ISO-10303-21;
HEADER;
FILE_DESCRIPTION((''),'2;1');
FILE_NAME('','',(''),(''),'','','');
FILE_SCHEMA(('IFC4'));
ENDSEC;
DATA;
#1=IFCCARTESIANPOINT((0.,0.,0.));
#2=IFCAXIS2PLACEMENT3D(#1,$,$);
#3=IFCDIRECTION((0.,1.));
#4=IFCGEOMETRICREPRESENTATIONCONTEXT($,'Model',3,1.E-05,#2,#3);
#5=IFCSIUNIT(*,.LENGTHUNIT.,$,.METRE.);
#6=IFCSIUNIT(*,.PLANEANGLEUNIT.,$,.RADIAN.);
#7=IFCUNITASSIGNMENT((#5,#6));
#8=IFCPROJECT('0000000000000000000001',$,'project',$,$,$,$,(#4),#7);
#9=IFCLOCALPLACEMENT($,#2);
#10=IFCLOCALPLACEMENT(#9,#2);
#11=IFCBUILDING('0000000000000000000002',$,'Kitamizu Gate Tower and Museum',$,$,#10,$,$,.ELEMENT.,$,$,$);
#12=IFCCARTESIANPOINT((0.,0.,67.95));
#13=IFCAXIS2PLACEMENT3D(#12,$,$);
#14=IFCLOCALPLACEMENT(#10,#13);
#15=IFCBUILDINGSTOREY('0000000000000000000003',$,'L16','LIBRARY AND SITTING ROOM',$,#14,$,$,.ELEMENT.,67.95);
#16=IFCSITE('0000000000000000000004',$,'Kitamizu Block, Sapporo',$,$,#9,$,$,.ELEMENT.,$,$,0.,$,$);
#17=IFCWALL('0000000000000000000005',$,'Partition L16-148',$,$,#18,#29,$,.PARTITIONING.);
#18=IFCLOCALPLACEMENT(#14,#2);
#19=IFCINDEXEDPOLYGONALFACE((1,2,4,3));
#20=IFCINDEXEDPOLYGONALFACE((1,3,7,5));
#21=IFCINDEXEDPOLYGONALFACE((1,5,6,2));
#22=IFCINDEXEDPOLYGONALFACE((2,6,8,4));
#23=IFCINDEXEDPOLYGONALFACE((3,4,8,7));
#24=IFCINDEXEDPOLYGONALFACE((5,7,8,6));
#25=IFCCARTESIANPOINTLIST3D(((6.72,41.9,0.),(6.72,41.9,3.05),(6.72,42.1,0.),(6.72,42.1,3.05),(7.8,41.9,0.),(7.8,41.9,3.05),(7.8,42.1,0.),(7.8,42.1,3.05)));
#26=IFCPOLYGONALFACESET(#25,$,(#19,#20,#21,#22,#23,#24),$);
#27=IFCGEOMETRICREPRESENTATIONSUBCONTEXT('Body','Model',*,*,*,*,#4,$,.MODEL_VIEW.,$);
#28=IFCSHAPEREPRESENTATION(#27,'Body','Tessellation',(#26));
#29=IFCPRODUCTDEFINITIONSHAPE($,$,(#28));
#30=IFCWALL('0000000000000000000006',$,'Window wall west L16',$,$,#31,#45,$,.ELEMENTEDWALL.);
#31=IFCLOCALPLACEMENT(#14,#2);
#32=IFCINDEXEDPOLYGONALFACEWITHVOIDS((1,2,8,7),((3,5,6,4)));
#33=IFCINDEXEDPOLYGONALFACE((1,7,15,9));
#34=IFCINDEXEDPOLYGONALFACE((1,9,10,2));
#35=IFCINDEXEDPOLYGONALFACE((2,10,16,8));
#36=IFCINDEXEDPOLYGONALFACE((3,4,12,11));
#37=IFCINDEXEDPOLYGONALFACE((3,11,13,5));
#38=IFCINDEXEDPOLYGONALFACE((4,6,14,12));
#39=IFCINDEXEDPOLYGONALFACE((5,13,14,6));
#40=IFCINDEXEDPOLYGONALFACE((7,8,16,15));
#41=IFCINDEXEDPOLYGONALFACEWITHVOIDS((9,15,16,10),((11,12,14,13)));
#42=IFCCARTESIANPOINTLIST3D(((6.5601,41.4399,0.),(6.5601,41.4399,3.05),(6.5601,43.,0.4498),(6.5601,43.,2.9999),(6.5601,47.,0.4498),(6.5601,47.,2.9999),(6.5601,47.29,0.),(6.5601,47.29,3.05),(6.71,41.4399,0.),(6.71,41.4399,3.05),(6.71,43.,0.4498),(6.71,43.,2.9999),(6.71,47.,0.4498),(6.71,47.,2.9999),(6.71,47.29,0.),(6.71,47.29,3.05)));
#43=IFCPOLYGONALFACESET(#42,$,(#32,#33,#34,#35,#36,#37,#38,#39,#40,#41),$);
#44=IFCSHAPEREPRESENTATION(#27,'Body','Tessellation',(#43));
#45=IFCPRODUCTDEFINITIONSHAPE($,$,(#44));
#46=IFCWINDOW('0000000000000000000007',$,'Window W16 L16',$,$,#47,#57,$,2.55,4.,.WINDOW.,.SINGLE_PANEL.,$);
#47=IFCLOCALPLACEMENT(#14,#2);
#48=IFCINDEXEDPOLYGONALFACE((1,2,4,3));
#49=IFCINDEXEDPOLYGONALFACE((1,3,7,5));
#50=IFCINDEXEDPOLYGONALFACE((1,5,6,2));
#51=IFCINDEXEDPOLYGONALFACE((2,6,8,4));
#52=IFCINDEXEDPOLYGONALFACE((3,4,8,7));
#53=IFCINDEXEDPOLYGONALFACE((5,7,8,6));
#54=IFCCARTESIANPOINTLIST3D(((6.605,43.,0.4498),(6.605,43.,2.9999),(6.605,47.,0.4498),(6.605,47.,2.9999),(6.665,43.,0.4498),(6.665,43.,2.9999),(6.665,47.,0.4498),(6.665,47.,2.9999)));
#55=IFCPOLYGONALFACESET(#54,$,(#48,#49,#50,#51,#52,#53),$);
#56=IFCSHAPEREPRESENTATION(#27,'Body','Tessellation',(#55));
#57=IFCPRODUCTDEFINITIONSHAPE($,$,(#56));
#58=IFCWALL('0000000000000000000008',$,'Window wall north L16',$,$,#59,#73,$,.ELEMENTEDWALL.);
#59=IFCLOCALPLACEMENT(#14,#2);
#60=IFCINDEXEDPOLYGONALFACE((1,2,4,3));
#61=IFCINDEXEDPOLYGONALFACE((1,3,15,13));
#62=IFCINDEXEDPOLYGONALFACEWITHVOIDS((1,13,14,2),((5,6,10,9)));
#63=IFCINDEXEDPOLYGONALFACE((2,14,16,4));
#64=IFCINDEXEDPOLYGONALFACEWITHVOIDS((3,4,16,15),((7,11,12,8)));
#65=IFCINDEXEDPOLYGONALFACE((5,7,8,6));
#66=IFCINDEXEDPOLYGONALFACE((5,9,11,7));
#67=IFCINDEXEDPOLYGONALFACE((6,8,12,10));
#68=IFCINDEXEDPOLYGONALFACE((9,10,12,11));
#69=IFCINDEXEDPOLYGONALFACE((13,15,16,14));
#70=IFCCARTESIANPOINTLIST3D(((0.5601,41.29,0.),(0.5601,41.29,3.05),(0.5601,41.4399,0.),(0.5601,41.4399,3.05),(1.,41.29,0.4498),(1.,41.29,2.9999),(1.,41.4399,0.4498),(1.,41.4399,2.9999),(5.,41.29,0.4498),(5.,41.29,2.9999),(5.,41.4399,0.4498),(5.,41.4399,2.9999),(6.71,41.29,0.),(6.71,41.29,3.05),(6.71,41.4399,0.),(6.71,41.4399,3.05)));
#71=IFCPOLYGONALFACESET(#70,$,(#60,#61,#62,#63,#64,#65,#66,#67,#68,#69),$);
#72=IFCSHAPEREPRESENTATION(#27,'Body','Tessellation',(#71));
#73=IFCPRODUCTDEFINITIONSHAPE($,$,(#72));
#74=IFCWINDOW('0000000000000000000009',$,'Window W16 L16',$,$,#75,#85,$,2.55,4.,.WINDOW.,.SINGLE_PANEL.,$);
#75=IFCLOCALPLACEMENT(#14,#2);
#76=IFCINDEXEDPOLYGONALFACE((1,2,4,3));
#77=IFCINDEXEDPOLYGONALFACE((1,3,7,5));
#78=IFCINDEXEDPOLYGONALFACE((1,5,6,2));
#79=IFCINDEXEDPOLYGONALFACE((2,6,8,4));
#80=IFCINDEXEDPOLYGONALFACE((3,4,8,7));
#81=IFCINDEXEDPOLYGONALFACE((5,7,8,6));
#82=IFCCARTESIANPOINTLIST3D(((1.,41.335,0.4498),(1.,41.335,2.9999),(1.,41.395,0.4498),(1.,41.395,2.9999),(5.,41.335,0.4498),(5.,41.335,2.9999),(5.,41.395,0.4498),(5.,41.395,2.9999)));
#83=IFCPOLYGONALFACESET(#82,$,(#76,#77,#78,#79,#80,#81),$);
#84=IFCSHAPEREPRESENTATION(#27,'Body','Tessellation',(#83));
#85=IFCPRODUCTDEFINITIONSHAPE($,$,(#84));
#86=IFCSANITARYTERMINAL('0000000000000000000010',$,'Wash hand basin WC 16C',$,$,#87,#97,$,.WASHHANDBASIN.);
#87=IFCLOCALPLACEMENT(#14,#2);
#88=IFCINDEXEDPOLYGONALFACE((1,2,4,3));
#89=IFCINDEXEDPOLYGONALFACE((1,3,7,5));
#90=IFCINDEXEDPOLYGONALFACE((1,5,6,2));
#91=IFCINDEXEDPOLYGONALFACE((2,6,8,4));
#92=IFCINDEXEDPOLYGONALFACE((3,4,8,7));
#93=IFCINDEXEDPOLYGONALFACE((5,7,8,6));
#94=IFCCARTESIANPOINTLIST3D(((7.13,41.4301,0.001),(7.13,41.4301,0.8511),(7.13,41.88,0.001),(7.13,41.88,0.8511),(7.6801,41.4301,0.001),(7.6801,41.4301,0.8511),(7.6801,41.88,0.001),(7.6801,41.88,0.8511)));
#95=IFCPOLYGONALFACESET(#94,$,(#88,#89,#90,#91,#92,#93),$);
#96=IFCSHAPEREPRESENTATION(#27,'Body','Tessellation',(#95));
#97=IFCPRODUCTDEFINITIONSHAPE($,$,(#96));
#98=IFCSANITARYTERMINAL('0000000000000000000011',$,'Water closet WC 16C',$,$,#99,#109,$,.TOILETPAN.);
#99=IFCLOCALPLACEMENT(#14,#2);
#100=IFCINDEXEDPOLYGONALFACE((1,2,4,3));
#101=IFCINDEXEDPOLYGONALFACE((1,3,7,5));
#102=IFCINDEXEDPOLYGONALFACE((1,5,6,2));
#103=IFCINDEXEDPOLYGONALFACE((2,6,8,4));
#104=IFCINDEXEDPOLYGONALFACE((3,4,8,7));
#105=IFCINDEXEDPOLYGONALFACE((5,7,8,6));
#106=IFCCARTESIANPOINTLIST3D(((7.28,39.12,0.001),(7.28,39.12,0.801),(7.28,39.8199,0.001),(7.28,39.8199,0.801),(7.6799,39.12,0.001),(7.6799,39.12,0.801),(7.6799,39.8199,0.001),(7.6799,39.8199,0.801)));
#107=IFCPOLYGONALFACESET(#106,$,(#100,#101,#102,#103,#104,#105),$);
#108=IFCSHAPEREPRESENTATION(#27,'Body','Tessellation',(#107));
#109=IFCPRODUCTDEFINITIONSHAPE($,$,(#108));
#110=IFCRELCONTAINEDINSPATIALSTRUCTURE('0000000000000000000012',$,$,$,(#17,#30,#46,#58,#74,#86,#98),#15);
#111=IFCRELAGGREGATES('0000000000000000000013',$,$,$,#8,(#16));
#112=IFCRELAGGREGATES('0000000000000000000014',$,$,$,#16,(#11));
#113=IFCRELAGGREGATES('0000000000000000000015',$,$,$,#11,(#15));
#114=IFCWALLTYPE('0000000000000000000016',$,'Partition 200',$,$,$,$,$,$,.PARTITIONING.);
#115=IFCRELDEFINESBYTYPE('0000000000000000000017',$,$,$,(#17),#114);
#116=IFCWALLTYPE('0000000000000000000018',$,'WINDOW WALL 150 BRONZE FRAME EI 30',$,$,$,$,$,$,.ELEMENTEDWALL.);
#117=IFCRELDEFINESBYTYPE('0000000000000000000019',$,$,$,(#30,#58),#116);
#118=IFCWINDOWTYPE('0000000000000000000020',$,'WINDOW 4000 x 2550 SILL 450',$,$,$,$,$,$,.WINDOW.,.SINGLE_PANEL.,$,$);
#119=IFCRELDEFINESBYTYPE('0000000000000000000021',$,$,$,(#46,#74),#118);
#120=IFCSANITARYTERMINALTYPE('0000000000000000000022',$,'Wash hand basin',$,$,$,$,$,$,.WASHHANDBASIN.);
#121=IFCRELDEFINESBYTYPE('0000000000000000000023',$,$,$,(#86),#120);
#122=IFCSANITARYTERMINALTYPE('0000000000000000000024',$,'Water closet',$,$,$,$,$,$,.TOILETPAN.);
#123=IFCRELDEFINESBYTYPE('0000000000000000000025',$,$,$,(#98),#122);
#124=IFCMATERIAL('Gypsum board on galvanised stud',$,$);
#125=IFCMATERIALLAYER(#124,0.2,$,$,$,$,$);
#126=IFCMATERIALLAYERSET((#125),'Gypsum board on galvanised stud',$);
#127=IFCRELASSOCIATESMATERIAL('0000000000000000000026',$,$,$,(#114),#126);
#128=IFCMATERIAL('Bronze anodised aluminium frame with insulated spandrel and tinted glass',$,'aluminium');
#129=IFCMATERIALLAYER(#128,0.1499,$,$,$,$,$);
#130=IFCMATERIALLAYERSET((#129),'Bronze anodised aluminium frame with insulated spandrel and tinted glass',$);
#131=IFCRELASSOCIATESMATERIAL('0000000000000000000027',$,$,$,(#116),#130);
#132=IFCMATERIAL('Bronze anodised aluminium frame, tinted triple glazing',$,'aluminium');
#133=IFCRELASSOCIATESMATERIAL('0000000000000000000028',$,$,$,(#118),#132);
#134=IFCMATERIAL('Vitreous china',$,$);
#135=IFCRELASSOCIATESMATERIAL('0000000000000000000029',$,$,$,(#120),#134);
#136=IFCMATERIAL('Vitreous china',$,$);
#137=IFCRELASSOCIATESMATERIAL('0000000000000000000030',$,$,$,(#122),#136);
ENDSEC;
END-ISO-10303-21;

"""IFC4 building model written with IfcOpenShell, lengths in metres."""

from ifc_helpers import new_model, si_unit, direction, frame, frame_2d, origin, origin_2d, place, context, subcontext, project, spatial, rectangle, extrude, material, layer, layer_set, type_object, element, fill, save


model = new_model("IFC4")

# Units and contexts
model_context = context("Model", 3, precision=1e-05, world=origin(), true_north=direction((0.0, 1.0)))
body_context = subcontext(model_context, "Body", "Model", "MODEL_VIEW")
ifc_project = project(units=[si_unit("LENGTHUNIT", "METRE"), si_unit("PLANEANGLEUNIT", "RADIAN")], contexts=[model_context])

# Site, building, storey
site_placement = place(None, origin())
site = spatial("IfcSite", under=ifc_project, at=site_placement, Name="Kitamizu Block, Sapporo", CompositionType="ELEMENT", RefElevation=0.0)
building_placement = place(site_placement, origin())
building = spatial("IfcBuilding", under=site, at=building_placement, Name="Kitamizu Gate Tower and Museum", CompositionType="ELEMENT")
storey_placement = place(building_placement, frame((0.0, 0.0, 67.95)))
storey = spatial("IfcBuildingStorey", under=building, at=storey_placement, Name="L16", Description="LIBRARY AND SITTING ROOM", CompositionType="ELEMENT", Elevation=67.95)

# Wall
ifc_material_1 = material(Name="Gypsum board on galvanised stud")
ifc_layer_1 = layer(ifc_material_1, 0.2)
ifc_layer_set_1 = layer_set([ifc_layer_1], Name="Gypsum board on galvanised stud")
wall_type_1 = type_object("IfcWallType", Name="Partition 200", PredefinedType="PARTITIONING", material=ifc_layer_set_1)
wall_1_placement = place(storey_placement, frame((7.8, 42.0, 0.0), z_axis=(0.0, 0.0, 1.0), x_axis=(-1.0, 0.0, 0.0)))
element("IfcWall", 1, at=wall_1_placement, inside=storey, type_object=wall_type_1, Name="Partition L16-148", PredefinedType="PARTITIONING", context=body_context, shape_type="SweptSolid", body=[
    extrude(rectangle(XDim=1.0801, YDim=0.2, at=frame_2d((0.54, 0.0))), origin(), (0.0, 0.0, 1.0), 3.05),
])

# Shared definitions
ifc_material_2 = material(Name="Bronze anodised aluminium frame with insulated spandrel and tinted glass", Category="aluminium")
ifc_layer_2 = layer(ifc_material_2, 0.1499)
ifc_layer_set_2 = layer_set([ifc_layer_2], Name="Bronze anodised aluminium frame with insulated spandrel and tinted glass")
wall_type_2 = type_object("IfcWallType", Name="WINDOW WALL 150 BRONZE FRAME EI 30", PredefinedType="ELEMENTEDWALL", material=ifc_layer_set_2)

# Walls, openings, windows
wall_2_placement = place(storey_placement, frame((6.635, 41.4399, 0.0), z_axis=(0.0, 0.0, 1.0), x_axis=(0.0, 1.0, 0.0)))
wall_2 = element("IfcWall", 2, at=wall_2_placement, inside=storey, type_object=wall_type_2, Name="Window wall west L16", PredefinedType="ELEMENTEDWALL", context=body_context, shape_type="SweptSolid", body=[
    extrude(rectangle(XDim=5.8501, YDim=0.1499, at=frame_2d((2.925, 0.0))), origin(), (0.0, 0.0, 1.0), 3.05),
])
opening_1_placement = place(wall_2_placement, frame((1.5601, 0.0, 0.45)))
opening_1 = element("IfcOpeningElement", 3, at=opening_1_placement, cuts=wall_2, PredefinedType="OPENING", context=body_context, shape_type="SweptSolid", body=[
    extrude(rectangle(XDim=4.0, YDim=2.55, at=frame_2d((2.0, 1.2749))), frame((0.0, 0.085, 0.0), z_axis=(0.0, -1.0, 0.0), x_axis=(1.0, 0.0, 0.0)), (0.0, 0.0, 1.0), 0.1699),
])
ifc_material_3 = material(Name="Bronze anodised aluminium frame, tinted triple glazing", Category="aluminium")
window_type_1 = type_object("IfcWindowType", Name="WINDOW 4000 x 2550 SILL 450", PartitioningType="SINGLE_PANEL", PredefinedType="WINDOW", material=ifc_material_3)
window_1_placement = place(opening_1_placement, origin())
window_1 = element("IfcWindow", 4, at=window_1_placement, inside=storey, type_object=window_type_1, Name="Window W16 L16", OverallHeight=2.55, OverallWidth=4.0, PartitioningType="SINGLE_PANEL", PredefinedType="WINDOW", context=body_context, shape_type="SweptSolid", body=[
    extrude(rectangle(XDim=4.0, YDim=2.55, at=frame_2d((2.0, 1.2749))), frame((0.0, 0.03, 0.0), z_axis=(0.0, -1.0, 0.0), x_axis=(1.0, 0.0, 0.0)), (0.0, 0.0, 1.0), 0.0601),
])
fill(opening_1, window_1)
wall_3_placement = place(storey_placement, frame((0.5601, 41.365, 0.0), z_axis=(0.0, 0.0, 1.0), x_axis=(1.0, 0.0, 0.0)))
wall_3 = element("IfcWall", 5, at=wall_3_placement, inside=storey, type_object=wall_type_2, Name="Window wall north L16", PredefinedType="ELEMENTEDWALL", context=body_context, shape_type="SweptSolid", body=[
    extrude(rectangle(XDim=6.1499, YDim=0.1499, at=frame_2d((3.075, 0.0))), origin(), (0.0, 0.0, 1.0), 3.05),
])
opening_2_placement = place(wall_3_placement, frame((0.4399, 0.0, 0.45)))
opening_2 = element("IfcOpeningElement", 6, at=opening_2_placement, cuts=wall_3, PredefinedType="OPENING", context=body_context, shape_type="SweptSolid", body=[
    extrude(rectangle(XDim=4.0, YDim=2.55, at=frame_2d((2.0, 1.2749))), frame((0.0, 0.085, 0.0), z_axis=(0.0, -1.0, 0.0), x_axis=(1.0, 0.0, 0.0)), (0.0, 0.0, 1.0), 0.1699),
])
window_2_placement = place(opening_2_placement, origin())
window_2 = element("IfcWindow", 7, at=window_2_placement, inside=storey, type_object=window_type_1, Name="Window W16 L16", OverallHeight=2.55, OverallWidth=4.0, PartitioningType="SINGLE_PANEL", PredefinedType="WINDOW", context=body_context, shape_type="SweptSolid", body=[
    extrude(rectangle(XDim=4.0, YDim=2.55, at=frame_2d((2.0, 1.2749))), frame((0.0, 0.03, 0.0), z_axis=(0.0, -1.0, 0.0), x_axis=(1.0, 0.0, 0.0)), (0.0, 0.0, 1.0), 0.0601),
])
fill(opening_2, window_2)

# Sanitary terminals
ifc_material_4 = material(Name="Vitreous china")
sanitary_terminal_type_1 = type_object("IfcSanitaryTerminalType", Name="Wash hand basin", PredefinedType="WASHHANDBASIN", material=ifc_material_4)
sanitary_terminal_1_placement = place(storey_placement, frame((7.405, 41.655, 0.001), z_axis=(0.0, 0.0, 1.0), x_axis=(1.0, 0.0, 0.0)))
element("IfcSanitaryTerminal", 8, at=sanitary_terminal_1_placement, inside=storey, type_object=sanitary_terminal_type_1, Name="Wash hand basin WC 16C", PredefinedType="WASHHANDBASIN", context=body_context, shape_type="SweptSolid", body=[
    extrude(rectangle(XDim=0.55, YDim=0.45, at=origin_2d()), origin(), (0.0, 0.0, 1.0), 0.8501),
])
ifc_material_5 = material(Name="Vitreous china")
sanitary_terminal_type_2 = type_object("IfcSanitaryTerminalType", Name="Water closet", PredefinedType="TOILETPAN", material=ifc_material_5)
sanitary_terminal_2_placement = place(storey_placement, frame((7.48, 39.47, 0.001), z_axis=(0.0, 0.0, 1.0), x_axis=(1.0, 0.0, 0.0)))
element("IfcSanitaryTerminal", 9, at=sanitary_terminal_2_placement, inside=storey, type_object=sanitary_terminal_type_2, Name="Water closet WC 16C", PredefinedType="TOILETPAN", context=body_context, shape_type="SweptSolid", body=[
    extrude(rectangle(XDim=0.3999, YDim=0.7, at=origin_2d()), origin(), (0.0, 0.0, 1.0), 0.8),
])

save(model, "model.ifc")
